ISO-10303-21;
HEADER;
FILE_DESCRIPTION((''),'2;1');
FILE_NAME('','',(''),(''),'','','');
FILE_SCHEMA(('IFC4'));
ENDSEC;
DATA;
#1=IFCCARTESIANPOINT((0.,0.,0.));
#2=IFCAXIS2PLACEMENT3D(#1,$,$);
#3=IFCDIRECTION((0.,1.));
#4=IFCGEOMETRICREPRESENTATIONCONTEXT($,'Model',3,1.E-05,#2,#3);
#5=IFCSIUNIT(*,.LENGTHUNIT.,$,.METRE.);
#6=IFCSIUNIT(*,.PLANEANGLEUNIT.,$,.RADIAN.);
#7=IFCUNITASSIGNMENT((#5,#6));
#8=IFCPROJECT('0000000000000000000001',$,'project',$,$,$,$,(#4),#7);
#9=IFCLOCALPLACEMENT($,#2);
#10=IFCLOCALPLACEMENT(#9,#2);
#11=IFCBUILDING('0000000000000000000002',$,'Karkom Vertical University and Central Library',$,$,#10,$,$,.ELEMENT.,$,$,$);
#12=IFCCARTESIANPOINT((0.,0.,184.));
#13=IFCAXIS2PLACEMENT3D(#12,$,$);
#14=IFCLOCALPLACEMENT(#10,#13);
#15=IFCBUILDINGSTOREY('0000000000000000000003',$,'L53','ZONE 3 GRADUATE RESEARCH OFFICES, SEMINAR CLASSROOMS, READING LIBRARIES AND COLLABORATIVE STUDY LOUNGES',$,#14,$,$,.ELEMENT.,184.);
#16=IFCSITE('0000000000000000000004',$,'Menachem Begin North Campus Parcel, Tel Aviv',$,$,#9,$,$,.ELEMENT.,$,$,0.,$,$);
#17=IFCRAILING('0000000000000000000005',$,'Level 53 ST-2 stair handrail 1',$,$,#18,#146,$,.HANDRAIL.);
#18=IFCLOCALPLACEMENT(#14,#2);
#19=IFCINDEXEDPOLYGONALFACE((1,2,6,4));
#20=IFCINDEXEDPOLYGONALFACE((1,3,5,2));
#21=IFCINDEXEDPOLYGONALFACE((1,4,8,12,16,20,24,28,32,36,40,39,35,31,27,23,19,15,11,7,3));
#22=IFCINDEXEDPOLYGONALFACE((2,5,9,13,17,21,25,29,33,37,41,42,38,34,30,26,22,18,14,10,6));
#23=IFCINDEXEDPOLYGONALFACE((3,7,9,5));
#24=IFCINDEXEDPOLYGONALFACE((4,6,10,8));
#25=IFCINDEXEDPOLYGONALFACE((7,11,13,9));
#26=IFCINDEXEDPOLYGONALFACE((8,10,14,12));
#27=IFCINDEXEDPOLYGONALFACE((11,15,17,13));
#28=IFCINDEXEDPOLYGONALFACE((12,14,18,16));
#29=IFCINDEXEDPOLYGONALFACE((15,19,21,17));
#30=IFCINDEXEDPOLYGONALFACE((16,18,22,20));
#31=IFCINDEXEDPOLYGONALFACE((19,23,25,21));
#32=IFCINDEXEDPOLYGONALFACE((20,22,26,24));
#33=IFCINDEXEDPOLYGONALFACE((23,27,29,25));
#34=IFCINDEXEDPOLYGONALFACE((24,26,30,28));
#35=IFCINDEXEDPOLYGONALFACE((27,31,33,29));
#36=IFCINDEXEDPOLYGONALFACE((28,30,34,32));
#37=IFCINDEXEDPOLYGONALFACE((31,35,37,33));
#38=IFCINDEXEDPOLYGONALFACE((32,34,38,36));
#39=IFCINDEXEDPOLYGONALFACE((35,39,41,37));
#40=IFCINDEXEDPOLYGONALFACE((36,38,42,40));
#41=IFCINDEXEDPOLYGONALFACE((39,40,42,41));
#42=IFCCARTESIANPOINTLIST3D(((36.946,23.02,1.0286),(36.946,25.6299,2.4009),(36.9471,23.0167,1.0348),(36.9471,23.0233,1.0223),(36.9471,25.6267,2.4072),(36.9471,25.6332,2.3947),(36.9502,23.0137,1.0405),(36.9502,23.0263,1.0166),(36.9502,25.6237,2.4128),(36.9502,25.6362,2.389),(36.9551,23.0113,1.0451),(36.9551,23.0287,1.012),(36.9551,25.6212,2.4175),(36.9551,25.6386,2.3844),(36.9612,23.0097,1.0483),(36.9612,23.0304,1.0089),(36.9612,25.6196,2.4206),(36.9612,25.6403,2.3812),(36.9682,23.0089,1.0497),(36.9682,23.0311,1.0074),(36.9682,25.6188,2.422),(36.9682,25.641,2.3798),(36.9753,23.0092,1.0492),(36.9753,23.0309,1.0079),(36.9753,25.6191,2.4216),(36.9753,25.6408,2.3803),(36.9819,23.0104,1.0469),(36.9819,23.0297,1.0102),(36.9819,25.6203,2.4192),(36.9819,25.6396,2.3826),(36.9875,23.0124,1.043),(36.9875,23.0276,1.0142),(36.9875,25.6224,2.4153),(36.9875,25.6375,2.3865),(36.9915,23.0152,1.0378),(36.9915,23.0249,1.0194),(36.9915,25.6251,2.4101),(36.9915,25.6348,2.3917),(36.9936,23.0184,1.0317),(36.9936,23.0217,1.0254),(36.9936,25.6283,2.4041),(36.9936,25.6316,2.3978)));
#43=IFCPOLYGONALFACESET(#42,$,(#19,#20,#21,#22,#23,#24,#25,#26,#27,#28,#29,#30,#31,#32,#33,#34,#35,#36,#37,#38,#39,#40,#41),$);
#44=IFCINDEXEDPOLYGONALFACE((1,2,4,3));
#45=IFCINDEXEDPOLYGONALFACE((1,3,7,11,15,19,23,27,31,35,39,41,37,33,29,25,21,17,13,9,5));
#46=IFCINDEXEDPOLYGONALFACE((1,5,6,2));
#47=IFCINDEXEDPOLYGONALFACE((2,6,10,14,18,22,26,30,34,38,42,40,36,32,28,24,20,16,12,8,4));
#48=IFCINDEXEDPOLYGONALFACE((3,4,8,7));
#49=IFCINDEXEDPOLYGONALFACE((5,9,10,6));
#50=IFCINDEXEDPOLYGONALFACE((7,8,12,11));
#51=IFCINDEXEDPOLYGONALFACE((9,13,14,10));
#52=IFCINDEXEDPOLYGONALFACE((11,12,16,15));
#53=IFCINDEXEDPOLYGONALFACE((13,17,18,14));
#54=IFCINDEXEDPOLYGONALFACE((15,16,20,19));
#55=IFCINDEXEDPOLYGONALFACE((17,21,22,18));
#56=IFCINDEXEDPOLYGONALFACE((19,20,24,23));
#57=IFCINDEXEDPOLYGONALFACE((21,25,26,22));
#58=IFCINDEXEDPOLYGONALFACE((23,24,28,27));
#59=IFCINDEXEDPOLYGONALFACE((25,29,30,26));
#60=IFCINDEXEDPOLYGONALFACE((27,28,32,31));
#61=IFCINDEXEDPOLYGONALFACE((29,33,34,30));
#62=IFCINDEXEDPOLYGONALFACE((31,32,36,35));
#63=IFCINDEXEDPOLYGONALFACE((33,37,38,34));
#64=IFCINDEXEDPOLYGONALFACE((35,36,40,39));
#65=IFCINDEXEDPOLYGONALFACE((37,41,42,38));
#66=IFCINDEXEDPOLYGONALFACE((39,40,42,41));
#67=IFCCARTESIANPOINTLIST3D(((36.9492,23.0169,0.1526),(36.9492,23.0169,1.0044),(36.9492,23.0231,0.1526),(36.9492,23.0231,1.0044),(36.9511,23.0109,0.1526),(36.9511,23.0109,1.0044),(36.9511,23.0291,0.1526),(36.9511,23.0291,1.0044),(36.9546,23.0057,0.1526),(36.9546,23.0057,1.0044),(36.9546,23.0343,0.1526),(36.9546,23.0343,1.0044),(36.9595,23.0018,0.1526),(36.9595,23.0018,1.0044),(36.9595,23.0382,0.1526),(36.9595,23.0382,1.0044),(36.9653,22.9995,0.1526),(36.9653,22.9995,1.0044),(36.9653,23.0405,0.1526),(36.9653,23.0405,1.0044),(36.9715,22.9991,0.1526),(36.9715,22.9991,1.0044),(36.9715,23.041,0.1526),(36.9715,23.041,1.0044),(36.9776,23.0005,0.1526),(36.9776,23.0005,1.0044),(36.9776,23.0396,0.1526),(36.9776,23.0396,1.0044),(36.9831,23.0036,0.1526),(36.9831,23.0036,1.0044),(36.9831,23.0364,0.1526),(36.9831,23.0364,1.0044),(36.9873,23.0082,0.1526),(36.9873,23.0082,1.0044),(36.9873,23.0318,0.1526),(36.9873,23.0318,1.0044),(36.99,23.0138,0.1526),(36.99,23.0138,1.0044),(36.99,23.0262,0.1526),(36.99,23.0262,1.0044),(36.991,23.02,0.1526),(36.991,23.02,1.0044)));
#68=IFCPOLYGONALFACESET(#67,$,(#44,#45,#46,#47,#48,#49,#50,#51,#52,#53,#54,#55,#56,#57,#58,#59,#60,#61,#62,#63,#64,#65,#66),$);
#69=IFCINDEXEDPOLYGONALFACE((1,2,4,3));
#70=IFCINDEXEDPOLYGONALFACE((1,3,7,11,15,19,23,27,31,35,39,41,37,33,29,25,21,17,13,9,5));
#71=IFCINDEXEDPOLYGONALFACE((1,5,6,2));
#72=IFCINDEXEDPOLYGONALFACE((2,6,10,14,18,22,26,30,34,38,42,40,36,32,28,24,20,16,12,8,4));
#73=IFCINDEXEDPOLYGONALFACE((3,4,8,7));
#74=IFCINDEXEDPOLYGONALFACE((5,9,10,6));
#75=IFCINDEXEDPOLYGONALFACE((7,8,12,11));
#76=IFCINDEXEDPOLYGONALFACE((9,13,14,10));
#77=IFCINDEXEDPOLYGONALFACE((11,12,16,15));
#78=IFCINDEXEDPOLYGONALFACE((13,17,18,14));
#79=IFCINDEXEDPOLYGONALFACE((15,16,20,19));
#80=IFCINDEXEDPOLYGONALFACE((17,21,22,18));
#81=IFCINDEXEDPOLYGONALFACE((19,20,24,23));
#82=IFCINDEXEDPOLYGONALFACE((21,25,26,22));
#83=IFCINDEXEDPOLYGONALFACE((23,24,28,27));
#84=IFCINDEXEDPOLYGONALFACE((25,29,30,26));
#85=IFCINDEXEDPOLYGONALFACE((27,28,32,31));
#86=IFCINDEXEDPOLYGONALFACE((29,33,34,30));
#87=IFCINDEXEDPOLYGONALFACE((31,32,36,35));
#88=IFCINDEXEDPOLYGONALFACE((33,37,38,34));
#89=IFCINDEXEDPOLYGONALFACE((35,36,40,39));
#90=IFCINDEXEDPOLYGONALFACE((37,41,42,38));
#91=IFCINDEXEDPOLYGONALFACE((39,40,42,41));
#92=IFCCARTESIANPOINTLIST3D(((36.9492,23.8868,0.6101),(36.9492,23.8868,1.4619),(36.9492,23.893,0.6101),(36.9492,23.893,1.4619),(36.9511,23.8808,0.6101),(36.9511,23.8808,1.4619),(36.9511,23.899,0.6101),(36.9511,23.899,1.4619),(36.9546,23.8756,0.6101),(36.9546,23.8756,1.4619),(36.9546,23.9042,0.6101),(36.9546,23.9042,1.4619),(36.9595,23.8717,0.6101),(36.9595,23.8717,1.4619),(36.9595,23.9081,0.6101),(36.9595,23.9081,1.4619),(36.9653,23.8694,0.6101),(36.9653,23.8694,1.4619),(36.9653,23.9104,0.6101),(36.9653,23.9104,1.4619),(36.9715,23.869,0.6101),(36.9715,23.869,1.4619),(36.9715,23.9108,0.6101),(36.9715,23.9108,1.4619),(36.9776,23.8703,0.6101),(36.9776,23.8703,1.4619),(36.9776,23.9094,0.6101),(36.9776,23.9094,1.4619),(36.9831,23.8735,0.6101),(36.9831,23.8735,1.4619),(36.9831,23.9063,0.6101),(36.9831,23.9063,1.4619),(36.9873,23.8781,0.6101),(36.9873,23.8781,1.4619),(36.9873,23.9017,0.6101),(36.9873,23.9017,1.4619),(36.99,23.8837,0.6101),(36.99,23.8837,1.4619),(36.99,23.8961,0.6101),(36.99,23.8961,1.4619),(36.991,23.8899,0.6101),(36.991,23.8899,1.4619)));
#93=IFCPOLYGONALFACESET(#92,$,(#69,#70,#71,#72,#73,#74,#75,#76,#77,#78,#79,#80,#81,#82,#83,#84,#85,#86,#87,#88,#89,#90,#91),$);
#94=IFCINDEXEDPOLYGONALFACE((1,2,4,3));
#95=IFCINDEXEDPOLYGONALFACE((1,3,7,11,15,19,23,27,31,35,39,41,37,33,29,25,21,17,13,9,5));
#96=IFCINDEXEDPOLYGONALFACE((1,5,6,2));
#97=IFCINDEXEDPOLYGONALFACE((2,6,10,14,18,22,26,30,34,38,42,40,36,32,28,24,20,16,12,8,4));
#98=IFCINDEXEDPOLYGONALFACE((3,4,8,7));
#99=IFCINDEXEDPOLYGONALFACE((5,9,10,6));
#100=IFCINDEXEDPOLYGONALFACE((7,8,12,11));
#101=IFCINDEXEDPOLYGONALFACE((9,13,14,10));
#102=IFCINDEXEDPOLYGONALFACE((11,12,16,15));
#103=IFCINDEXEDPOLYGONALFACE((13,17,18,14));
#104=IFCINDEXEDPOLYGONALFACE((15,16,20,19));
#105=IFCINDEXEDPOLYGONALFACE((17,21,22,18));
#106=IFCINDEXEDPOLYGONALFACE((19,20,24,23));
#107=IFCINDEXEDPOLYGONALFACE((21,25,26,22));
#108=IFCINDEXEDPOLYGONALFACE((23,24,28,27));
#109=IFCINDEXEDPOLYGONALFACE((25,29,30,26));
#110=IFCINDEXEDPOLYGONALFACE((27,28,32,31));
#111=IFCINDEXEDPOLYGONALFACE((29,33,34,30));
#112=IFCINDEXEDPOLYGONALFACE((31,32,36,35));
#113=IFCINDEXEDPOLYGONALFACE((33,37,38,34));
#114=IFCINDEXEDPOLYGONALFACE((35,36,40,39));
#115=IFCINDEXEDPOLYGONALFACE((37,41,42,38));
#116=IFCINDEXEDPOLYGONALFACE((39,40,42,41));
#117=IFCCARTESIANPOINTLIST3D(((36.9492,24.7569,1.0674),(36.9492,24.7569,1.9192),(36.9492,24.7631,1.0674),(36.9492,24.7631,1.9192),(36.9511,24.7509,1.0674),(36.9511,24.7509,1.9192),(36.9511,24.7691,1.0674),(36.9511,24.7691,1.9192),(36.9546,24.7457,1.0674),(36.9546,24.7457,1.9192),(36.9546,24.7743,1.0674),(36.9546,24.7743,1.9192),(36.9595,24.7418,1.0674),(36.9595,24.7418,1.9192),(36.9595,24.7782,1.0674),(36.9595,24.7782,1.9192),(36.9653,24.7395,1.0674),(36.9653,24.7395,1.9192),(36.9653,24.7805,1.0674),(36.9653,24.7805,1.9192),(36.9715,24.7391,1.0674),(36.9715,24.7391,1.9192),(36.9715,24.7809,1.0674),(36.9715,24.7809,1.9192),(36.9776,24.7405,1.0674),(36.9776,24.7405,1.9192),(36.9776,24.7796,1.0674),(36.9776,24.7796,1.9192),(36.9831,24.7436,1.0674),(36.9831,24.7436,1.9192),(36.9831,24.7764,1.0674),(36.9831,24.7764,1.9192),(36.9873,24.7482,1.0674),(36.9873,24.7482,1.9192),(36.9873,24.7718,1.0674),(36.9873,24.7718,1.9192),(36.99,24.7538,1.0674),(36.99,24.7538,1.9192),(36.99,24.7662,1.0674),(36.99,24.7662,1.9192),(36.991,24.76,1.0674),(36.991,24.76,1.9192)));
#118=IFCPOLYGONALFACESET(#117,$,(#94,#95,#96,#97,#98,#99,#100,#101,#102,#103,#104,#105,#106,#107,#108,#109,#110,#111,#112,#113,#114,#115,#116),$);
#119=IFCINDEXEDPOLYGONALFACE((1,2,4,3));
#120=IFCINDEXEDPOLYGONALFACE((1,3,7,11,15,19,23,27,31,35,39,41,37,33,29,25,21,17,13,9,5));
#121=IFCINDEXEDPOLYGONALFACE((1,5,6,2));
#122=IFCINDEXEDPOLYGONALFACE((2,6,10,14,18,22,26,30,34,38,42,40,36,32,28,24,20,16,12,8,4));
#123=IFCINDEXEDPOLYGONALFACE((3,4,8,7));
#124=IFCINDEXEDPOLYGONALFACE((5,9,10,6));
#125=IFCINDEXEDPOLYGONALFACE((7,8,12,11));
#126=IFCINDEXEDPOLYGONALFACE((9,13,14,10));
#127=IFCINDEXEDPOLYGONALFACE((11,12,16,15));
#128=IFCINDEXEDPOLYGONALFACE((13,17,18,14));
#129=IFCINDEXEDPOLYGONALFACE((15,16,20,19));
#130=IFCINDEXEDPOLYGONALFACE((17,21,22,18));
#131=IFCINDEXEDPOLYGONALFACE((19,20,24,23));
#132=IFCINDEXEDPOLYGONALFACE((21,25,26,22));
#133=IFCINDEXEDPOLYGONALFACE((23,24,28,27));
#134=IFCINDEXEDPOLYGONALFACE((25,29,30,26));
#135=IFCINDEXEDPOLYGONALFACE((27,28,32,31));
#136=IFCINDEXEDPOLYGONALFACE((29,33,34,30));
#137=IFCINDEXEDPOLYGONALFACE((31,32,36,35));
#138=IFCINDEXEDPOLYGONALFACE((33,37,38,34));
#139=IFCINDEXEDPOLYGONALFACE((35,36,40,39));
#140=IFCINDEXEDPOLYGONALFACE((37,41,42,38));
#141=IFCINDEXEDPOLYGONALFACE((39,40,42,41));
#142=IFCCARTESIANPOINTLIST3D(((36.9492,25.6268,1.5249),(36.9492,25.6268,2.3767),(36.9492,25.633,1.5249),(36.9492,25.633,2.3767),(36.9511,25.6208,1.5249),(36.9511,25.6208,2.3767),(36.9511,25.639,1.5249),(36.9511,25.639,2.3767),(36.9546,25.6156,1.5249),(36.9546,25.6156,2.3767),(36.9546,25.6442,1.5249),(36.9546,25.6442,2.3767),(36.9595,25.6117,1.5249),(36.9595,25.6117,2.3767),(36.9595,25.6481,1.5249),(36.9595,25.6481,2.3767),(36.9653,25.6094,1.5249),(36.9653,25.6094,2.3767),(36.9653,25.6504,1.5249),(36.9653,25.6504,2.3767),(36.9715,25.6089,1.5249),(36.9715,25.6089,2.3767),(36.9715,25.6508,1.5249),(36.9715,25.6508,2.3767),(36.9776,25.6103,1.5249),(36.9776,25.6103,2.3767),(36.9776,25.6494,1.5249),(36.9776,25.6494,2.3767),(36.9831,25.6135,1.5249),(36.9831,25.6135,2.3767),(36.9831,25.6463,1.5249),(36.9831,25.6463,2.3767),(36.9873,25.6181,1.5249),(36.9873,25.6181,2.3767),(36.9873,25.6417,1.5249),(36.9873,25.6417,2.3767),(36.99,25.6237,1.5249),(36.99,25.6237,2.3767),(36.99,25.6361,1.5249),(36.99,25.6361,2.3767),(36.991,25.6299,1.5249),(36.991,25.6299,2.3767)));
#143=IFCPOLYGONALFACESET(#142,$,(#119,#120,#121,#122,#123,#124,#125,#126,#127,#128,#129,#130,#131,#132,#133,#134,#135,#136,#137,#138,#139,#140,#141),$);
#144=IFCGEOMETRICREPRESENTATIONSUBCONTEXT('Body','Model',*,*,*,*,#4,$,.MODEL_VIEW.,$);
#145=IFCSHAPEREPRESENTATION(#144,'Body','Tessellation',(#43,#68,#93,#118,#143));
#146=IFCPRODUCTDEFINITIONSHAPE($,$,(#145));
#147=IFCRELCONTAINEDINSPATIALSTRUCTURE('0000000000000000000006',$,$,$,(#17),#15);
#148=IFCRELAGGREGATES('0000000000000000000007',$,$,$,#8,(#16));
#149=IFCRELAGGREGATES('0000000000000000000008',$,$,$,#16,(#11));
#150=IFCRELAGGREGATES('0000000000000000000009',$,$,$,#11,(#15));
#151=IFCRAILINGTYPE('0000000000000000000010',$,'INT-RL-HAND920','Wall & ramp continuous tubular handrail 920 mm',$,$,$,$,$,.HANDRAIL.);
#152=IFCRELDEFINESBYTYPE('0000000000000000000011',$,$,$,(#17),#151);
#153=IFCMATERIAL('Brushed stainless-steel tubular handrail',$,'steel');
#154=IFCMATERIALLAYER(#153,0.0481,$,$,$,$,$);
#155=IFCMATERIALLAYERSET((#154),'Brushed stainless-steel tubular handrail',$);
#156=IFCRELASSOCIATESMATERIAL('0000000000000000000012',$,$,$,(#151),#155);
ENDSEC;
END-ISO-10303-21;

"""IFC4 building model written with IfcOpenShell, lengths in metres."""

from ifc_helpers import new_model, si_unit, direction, frame, origin, origin_2d, place, context, subcontext, project, spatial, circle, extrude, material, layer, layer_set, type_object, element, save


model = new_model("IFC4")

# Units and contexts
model_context = context("Model", 3, precision=1e-05, world=origin(), true_north=direction((0.0, 1.0)))
body_context = subcontext(model_context, "Body", "Model", "MODEL_VIEW")
ifc_project = project(units=[si_unit("LENGTHUNIT", "METRE"), si_unit("PLANEANGLEUNIT", "RADIAN")], contexts=[model_context])

# Site, building, storey
site_placement = place(None, origin())
site = spatial("IfcSite", under=ifc_project, at=site_placement, Name="Menachem Begin North Campus Parcel, Tel Aviv", CompositionType="ELEMENT", RefElevation=0.0)
building_placement = place(site_placement, origin())
building = spatial("IfcBuilding", under=site, at=building_placement, Name="Karkom Vertical University and Central Library", CompositionType="ELEMENT")
storey_placement = place(building_placement, frame((0.0, 0.0, 184.0)))
storey = spatial("IfcBuildingStorey", under=building, at=storey_placement, Name="L53", Description="ZONE 3 GRADUATE RESEARCH OFFICES, SEMINAR CLASSROOMS, READING LIBRARIES AND COLLABORATIVE STUDY LOUNGES", CompositionType="ELEMENT", Elevation=184.0)

# Railing
ifc_material_1 = material(Name="Brushed stainless-steel tubular handrail", Category="steel")
ifc_layer_1 = layer(ifc_material_1, 0.0481)
ifc_layer_set_1 = layer_set([ifc_layer_1], Name="Brushed stainless-steel tubular handrail")
railing_type_1 = type_object("IfcRailingType", Name="INT-RL-HAND920", Description="Wall & ramp continuous tubular handrail 920 mm", PredefinedType="HANDRAIL", material=ifc_layer_set_1)
railing_1_placement = place(storey_placement, frame((36.97, 23.02, 0.1526)))
element("IfcRailing", 1, at=railing_1_placement, inside=storey, type_object=railing_type_1, Name="Level 53 ST-2 stair handrail 1", PredefinedType="HANDRAIL", context=body_context, shape_type="SweptSolid", body=[
    extrude(circle(Radius=0.0239, at=origin_2d()), frame((0.0, 0.0, 0.876), z_axis=(0.0, 0.8851, 0.465402), x_axis=(-1.0, 0.0, 0.0)), (0.0, 0.0, 1.0), 2.9487),
    extrude(circle(Radius=0.021, at=origin_2d()), origin(), (0.0, 0.0, 1.0), 0.8518),
    extrude(circle(Radius=0.021, at=origin_2d()), frame((0.0, 0.8699, 0.4575)), (0.0, 0.0, 1.0), 0.8518),
    extrude(circle(Radius=0.021, at=origin_2d()), frame((0.0, 1.74, 0.9148)), (0.0, 0.0, 1.0), 0.8518),
    extrude(circle(Radius=0.021, at=origin_2d()), frame((0.0, 2.6099, 1.3723)), (0.0, 0.0, 1.0), 0.8518),
])

save(model, "model.ifc")
